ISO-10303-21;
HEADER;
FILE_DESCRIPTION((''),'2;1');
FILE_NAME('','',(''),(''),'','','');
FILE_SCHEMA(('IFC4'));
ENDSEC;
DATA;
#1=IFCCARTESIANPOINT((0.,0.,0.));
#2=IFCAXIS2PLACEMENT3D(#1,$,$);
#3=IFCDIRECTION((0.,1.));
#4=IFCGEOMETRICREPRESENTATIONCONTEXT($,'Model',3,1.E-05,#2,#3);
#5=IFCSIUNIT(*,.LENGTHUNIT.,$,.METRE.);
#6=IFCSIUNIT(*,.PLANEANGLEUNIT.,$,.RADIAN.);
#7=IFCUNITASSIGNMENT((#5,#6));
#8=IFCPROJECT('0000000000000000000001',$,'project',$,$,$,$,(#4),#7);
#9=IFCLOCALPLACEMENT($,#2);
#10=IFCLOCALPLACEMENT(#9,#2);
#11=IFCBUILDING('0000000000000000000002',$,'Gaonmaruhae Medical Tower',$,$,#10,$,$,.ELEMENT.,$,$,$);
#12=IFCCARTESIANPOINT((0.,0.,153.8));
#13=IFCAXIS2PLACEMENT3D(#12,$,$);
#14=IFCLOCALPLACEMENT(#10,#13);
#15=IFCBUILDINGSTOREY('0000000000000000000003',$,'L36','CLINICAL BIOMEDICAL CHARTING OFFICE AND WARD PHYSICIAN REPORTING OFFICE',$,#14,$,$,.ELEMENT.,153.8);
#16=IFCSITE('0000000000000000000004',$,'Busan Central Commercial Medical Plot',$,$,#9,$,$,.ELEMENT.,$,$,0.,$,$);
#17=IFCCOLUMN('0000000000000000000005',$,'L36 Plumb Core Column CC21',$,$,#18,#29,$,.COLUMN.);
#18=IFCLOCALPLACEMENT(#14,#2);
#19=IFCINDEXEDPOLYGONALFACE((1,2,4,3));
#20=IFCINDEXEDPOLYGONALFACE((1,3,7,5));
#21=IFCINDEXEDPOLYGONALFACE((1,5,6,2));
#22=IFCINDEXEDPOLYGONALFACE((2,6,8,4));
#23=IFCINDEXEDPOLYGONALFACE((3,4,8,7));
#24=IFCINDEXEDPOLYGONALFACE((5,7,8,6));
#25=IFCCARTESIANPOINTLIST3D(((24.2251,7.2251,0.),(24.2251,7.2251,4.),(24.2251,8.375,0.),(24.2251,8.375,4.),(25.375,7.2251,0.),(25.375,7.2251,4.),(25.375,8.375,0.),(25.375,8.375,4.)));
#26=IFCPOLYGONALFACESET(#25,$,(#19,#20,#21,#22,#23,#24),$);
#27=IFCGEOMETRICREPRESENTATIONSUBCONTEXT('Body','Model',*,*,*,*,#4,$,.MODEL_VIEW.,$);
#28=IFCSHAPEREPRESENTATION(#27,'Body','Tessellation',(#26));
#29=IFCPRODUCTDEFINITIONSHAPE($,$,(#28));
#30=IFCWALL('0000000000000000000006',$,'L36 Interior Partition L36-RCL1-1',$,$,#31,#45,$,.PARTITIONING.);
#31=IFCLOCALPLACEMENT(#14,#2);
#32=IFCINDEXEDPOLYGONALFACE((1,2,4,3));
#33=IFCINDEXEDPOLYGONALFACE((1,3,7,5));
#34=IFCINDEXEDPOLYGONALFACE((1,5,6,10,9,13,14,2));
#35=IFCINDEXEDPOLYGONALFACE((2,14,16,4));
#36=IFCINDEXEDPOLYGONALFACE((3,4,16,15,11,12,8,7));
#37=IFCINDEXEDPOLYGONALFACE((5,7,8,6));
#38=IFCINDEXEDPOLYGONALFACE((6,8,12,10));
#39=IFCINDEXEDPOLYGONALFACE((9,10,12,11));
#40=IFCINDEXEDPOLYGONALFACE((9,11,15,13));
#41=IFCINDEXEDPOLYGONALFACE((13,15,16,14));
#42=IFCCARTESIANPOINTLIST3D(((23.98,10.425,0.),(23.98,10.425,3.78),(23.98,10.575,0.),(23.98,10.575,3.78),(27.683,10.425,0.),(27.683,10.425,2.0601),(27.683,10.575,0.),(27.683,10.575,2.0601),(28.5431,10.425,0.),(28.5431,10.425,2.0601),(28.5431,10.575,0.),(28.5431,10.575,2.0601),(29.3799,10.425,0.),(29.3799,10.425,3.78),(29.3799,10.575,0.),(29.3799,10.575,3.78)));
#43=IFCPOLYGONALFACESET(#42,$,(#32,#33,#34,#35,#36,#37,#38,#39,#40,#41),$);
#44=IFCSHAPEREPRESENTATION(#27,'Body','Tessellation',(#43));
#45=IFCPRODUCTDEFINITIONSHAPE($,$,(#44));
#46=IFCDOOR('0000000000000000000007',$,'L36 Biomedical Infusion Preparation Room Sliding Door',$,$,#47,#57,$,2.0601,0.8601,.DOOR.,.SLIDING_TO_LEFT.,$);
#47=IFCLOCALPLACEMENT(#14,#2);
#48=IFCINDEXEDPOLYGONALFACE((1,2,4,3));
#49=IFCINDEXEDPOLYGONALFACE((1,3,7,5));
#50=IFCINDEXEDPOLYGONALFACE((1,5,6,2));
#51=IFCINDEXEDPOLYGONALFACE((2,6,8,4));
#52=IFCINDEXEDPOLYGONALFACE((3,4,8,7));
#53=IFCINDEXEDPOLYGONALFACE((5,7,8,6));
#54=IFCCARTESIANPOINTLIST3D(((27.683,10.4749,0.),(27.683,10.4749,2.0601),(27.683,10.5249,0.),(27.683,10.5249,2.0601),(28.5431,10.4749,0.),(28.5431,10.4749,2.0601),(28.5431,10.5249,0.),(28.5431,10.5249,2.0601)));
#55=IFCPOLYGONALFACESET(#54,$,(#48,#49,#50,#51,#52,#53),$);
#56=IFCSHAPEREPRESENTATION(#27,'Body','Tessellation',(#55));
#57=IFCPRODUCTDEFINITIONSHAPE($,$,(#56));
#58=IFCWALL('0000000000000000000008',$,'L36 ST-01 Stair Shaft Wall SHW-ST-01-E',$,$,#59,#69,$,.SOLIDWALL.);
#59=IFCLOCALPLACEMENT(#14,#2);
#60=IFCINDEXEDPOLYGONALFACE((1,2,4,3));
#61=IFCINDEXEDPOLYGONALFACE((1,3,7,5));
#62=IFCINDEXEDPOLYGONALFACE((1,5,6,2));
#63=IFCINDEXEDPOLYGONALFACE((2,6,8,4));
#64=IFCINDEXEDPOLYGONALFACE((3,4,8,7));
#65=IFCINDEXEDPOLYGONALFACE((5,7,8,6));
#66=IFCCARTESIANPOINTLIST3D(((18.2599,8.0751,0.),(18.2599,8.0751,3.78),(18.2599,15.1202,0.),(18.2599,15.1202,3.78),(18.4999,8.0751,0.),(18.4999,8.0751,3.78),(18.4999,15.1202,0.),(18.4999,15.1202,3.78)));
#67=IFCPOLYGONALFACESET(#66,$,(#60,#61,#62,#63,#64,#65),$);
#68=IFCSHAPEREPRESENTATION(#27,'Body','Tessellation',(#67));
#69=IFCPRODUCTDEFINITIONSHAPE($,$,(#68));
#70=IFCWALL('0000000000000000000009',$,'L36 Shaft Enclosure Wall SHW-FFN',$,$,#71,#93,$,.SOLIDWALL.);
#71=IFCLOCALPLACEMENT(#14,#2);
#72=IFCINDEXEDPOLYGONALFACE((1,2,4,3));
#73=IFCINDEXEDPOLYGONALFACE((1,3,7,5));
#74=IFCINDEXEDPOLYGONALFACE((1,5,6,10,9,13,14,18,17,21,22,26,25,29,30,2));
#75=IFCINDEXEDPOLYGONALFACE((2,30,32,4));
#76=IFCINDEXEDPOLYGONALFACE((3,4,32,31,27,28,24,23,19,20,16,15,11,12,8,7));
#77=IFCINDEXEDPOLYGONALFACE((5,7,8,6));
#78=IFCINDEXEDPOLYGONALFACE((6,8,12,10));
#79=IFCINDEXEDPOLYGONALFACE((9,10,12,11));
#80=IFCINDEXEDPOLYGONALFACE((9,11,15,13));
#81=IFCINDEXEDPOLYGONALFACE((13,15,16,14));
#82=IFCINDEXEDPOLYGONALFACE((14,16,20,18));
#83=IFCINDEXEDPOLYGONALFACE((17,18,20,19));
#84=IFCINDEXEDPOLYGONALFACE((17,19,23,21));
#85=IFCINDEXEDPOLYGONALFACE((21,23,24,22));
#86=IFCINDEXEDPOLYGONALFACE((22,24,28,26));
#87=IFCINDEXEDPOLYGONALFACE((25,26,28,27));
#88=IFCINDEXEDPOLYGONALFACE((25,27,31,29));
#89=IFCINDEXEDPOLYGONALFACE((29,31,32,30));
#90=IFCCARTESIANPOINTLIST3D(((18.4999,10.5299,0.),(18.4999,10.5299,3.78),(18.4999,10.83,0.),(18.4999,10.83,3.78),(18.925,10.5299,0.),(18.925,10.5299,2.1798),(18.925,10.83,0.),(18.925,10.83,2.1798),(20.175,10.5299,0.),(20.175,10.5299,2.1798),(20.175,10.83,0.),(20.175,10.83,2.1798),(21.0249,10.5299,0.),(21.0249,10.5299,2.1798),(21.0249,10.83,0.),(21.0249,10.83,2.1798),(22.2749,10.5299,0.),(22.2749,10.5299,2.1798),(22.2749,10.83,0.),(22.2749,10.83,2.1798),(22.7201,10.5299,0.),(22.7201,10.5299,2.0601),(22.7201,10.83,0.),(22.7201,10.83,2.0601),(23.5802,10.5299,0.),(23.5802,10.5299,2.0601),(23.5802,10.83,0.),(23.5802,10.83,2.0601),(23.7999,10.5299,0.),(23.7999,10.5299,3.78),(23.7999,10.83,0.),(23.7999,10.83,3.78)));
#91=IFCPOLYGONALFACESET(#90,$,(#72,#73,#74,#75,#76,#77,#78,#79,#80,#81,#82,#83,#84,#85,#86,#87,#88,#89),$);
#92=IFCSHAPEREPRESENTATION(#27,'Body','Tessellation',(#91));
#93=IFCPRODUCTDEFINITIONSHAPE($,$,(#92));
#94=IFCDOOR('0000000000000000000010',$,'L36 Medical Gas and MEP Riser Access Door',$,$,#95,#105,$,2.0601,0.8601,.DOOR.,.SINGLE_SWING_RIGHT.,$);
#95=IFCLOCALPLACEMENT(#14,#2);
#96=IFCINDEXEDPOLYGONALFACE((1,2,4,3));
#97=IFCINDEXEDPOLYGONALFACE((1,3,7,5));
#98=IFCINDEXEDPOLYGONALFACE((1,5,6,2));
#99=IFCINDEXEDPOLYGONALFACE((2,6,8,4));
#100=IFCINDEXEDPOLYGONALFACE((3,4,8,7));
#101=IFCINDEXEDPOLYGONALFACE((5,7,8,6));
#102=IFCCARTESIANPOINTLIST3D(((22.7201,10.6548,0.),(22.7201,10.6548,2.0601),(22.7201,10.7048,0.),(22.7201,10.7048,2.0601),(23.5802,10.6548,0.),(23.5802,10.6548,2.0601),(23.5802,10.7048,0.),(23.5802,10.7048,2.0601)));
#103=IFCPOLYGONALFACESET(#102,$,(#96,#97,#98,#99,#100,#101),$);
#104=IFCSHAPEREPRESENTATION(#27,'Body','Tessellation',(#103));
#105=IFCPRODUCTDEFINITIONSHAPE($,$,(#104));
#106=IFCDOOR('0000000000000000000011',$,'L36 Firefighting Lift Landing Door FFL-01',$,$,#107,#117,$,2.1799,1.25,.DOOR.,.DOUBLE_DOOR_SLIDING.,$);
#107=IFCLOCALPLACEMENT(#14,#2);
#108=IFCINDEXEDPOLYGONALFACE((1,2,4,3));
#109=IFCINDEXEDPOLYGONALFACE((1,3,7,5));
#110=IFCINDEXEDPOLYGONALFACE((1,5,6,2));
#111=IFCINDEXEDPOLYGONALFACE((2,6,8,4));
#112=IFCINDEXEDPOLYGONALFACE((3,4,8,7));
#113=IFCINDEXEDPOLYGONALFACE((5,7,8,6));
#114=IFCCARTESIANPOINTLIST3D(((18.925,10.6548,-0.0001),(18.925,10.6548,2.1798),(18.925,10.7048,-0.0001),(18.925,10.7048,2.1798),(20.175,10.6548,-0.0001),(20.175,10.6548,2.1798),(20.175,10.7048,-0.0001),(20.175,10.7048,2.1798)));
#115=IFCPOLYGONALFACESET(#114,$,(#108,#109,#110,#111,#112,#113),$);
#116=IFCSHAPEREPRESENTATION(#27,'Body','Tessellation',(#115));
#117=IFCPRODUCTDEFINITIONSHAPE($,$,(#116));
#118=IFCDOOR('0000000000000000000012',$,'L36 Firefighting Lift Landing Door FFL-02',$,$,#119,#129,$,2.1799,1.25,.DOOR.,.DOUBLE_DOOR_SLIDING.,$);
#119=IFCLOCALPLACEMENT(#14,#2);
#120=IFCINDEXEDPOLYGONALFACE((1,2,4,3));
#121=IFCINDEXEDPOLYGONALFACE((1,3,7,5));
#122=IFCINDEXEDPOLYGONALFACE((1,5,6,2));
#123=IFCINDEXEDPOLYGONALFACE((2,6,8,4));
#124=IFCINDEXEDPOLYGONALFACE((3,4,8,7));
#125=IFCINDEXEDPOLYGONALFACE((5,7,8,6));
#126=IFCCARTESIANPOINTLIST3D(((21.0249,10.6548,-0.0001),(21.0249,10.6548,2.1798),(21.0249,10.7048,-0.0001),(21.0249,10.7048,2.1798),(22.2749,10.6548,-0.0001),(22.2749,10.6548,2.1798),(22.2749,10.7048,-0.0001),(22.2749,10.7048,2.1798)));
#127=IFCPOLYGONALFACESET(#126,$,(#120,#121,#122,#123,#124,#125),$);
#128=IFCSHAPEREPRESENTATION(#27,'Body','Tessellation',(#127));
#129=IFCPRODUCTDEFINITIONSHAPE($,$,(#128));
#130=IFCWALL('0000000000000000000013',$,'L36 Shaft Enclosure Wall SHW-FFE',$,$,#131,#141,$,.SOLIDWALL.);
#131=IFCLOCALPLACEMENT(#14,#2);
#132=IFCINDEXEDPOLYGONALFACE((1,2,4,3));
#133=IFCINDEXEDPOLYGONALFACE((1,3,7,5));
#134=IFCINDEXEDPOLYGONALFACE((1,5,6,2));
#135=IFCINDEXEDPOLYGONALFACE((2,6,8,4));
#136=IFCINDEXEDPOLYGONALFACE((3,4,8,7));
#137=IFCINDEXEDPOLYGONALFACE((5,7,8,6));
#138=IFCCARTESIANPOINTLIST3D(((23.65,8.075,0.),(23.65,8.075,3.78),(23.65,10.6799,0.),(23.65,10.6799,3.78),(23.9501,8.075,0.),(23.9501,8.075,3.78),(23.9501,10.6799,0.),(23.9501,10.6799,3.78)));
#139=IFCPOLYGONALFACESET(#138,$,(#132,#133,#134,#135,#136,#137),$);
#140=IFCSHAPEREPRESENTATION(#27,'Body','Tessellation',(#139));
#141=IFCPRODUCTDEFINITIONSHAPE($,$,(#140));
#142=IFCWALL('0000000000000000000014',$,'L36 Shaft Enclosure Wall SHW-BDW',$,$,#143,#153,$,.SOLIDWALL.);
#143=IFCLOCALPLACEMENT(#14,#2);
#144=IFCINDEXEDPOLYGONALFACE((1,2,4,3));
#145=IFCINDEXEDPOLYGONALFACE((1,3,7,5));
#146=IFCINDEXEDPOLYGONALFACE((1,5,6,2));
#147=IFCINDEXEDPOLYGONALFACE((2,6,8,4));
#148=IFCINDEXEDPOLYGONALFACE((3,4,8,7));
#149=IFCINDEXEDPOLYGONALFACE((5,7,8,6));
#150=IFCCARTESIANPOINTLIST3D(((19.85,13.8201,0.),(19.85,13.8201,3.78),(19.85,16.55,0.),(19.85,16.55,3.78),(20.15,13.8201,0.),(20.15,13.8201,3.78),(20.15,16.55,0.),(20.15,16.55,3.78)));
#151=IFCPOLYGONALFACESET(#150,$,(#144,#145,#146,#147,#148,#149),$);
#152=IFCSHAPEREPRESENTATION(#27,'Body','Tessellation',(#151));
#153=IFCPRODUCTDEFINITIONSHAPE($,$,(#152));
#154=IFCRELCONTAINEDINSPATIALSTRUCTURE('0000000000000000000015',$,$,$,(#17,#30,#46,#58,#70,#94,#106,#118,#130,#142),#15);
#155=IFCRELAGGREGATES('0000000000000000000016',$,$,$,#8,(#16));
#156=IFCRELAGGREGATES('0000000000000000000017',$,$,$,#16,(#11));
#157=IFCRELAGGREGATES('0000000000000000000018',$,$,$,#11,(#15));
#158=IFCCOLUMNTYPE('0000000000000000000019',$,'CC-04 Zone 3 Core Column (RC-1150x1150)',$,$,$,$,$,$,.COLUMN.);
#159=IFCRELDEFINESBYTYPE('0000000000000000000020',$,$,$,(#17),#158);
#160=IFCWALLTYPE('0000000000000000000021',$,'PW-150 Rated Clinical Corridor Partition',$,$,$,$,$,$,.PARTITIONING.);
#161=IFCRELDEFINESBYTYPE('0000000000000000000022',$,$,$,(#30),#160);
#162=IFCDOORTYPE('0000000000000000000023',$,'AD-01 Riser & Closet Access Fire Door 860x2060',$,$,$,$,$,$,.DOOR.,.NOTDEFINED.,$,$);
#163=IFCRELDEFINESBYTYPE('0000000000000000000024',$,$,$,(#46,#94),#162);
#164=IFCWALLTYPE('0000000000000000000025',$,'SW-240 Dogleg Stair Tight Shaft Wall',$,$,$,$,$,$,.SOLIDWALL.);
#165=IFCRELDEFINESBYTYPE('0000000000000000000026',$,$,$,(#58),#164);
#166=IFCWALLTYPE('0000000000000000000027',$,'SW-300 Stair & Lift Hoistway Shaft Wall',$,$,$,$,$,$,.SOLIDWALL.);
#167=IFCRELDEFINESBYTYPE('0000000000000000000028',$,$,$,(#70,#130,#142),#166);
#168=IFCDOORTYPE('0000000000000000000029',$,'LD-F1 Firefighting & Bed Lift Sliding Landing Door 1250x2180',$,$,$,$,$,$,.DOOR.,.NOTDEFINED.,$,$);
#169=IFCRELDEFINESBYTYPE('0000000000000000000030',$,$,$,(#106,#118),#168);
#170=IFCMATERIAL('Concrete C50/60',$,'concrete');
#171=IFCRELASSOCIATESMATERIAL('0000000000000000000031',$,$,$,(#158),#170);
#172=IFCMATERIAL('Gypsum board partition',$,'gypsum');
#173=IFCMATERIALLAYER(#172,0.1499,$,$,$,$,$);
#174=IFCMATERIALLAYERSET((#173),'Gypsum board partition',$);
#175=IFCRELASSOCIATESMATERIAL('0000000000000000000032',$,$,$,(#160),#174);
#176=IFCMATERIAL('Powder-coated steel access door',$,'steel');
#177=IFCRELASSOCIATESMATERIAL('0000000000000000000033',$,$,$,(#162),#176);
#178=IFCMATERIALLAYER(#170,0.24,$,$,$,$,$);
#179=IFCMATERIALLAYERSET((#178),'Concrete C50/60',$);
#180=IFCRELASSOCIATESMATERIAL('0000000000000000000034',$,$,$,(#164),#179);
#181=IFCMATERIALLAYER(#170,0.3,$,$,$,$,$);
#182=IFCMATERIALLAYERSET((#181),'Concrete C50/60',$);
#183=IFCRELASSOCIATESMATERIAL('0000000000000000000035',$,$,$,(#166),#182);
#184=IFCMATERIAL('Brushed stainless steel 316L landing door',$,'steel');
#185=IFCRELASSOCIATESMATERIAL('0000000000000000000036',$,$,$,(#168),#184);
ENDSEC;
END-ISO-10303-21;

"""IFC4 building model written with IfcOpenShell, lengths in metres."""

from ifc_helpers import new_model, si_unit, direction, frame, frame_2d, origin, origin_2d, place, context, subcontext, project, spatial, rectangle, extrude, material, layer, layer_set, material_profile, profile_set, type_object, element, fill, save


model = new_model("IFC4")

# Units and contexts
model_context = context("Model", 3, precision=1e-05, world=origin(), true_north=direction((0.0, 1.0)))
body_context = subcontext(model_context, "Body", "Model", "MODEL_VIEW")
ifc_project = project(units=[si_unit("LENGTHUNIT", "METRE"), si_unit("PLANEANGLEUNIT", "RADIAN")], contexts=[model_context])

# Site, building, storey
site_placement = place(None, origin())
site = spatial("IfcSite", under=ifc_project, at=site_placement, Name="Busan Central Commercial Medical Plot", CompositionType="ELEMENT", RefElevation=0.0)
building_placement = place(site_placement, origin())
building = spatial("IfcBuilding", under=site, at=building_placement, Name="Gaonmaruhae Medical Tower", CompositionType="ELEMENT")
storey_placement = place(building_placement, frame((0.0, 0.0, 153.8)))
storey = spatial("IfcBuildingStorey", under=building, at=storey_placement, Name="L36", Description="CLINICAL BIOMEDICAL CHARTING OFFICE AND WARD PHYSICIAN REPORTING OFFICE", CompositionType="ELEMENT", Elevation=153.8)

# Column
ifc_material_1 = material(Name="Concrete C50/60", Category="concrete")
ifc_material_profile = material_profile(ifc_material_1, rectangle(XDim=1.1499, YDim=1.1499, at=origin_2d()), Name="RC-1150x1150")
ifc_profile_set = profile_set([ifc_material_profile], Name="Concrete C50/60")
column_type = type_object("IfcColumnType", Name="CC-04 Zone 3 Core Column (RC-1150x1150)", PredefinedType="COLUMN", material=ifc_profile_set)
column_placement = place(storey_placement, frame((24.8, 7.8, 0.0), z_axis=(0.0, 0.0, 1.0), x_axis=(1.0, 0.0, 0.0)))
element("IfcColumn", 1, at=column_placement, inside=storey, type_object=column_type, Name="L36 Plumb Core Column CC21", PredefinedType="COLUMN", context=body_context, shape_type="SweptSolid", body=[
    extrude(rectangle(XDim=1.1499, YDim=1.1499, at=origin_2d()), origin(), (0.0, 0.0, 1.0), 4.0),
])

# Wall, opening, door
ifc_material_2 = material(Name="Gypsum board partition", Category="gypsum")
ifc_layer_1 = layer(ifc_material_2, 0.1499)
ifc_layer_set_1 = layer_set([ifc_layer_1], Name="Gypsum board partition")
wall_type_1 = type_object("IfcWallType", Name="PW-150 Rated Clinical Corridor Partition", PredefinedType="PARTITIONING", material=ifc_layer_set_1)
wall_1_placement = place(storey_placement, frame((23.98, 10.5, 0.0), z_axis=(0.0, 0.0, 1.0), x_axis=(1.0, 0.0, 0.0)))
wall_1 = element("IfcWall", 2, at=wall_1_placement, inside=storey, type_object=wall_type_1, Name="L36 Interior Partition L36-RCL1-1", PredefinedType="PARTITIONING", context=body_context, shape_type="SweptSolid", body=[
    extrude(rectangle(XDim=5.3999, YDim=0.1499, at=frame_2d((2.7, 0.0))), origin(), (0.0, 0.0, 1.0), 3.78),
])
opening_1_placement = place(wall_1_placement, frame((3.7029, 0.0, 0.0)))
opening_1 = element("IfcOpeningElement", 3, at=opening_1_placement, cuts=wall_1, PredefinedType="OPENING", context=body_context, shape_type="SweptSolid", body=[
    extrude(rectangle(XDim=0.8601, YDim=2.0601, at=frame_2d((0.4302, 1.03))), frame((0.0, 0.085, 0.0), z_axis=(0.0, -1.0, 0.0), x_axis=(1.0, 0.0, 0.0)), (0.0, 0.0, 1.0), 0.1699),
])
ifc_material_3 = material(Name="Powder-coated steel access door", Category="steel")
door_type_1 = type_object("IfcDoorType", Name="AD-01 Riser & Closet Access Fire Door 860x2060", OperationType="NOTDEFINED", PredefinedType="DOOR", material=ifc_material_3)
door_1_placement = place(opening_1_placement, origin())
door_1 = element("IfcDoor", 4, at=door_1_placement, inside=storey, type_object=door_type_1, Name="L36 Biomedical Infusion Preparation Room Sliding Door", OperationType="SLIDING_TO_LEFT", OverallHeight=2.0601, OverallWidth=0.8601, PredefinedType="DOOR", context=body_context, shape_type="SweptSolid", body=[
    extrude(rectangle(XDim=0.8601, YDim=2.0601, at=frame_2d((0.4302, 1.03))), frame((0.0, 0.0249, 0.0), z_axis=(0.0, -1.0, 0.0), x_axis=(1.0, 0.0, 0.0)), (0.0, 0.0, 1.0), 0.05),
])
fill(opening_1, door_1)

# Wall
ifc_layer_2 = layer(ifc_material_1, 0.24)
ifc_layer_set_2 = layer_set([ifc_layer_2], Name="Concrete C50/60")
wall_type_2 = type_object("IfcWallType", Name="SW-240 Dogleg Stair Tight Shaft Wall", PredefinedType="SOLIDWALL", material=ifc_layer_set_2)
wall_2_placement = place(storey_placement, frame((18.3799, 15.1201, 0.0), z_axis=(0.0, 0.0, 1.0), x_axis=(0.0, -1.0, 0.0)))
element("IfcWall", 5, at=wall_2_placement, inside=storey, type_object=wall_type_2, Name="L36 ST-01 Stair Shaft Wall SHW-ST-01-E", PredefinedType="SOLIDWALL", context=body_context, shape_type="SweptSolid", body=[
    extrude(rectangle(XDim=7.0452, YDim=0.24, at=frame_2d((3.5225, 0.0))), origin(), (0.0, 0.0, 1.0), 3.78),
])

# Wall, openings, doors
ifc_layer_3 = layer(ifc_material_1, 0.3)
ifc_layer_set_3 = layer_set([ifc_layer_3], Name="Concrete C50/60")
wall_type_3 = type_object("IfcWallType", Name="SW-300 Stair & Lift Hoistway Shaft Wall", PredefinedType="SOLIDWALL", material=ifc_layer_set_3)
ifc_material_4 = material(Name="Brushed stainless steel 316L landing door", Category="steel")
door_type_2 = type_object("IfcDoorType", Name="LD-F1 Firefighting & Bed Lift Sliding Landing Door 1250x2180", OperationType="NOTDEFINED", PredefinedType="DOOR", material=ifc_material_4)
wall_3_placement = place(storey_placement, frame((18.5, 10.6799, 0.0), z_axis=(0.0, 0.0, 1.0), x_axis=(1.0, 0.0, 0.0)))
wall_3 = element("IfcWall", 6, at=wall_3_placement, inside=storey, type_object=wall_type_3, Name="L36 Shaft Enclosure Wall SHW-FFN", PredefinedType="SOLIDWALL", context=body_context, shape_type="SweptSolid", body=[
    extrude(rectangle(XDim=5.3, YDim=0.3, at=frame_2d((2.6499, 0.0))), origin(), (0.0, 0.0, 1.0), 3.78),
])
opening_2_placement = place(wall_3_placement, frame((4.22, 0.0, 0.0)))
opening_2 = element("IfcOpeningElement", 7, at=opening_2_placement, cuts=wall_3, PredefinedType="OPENING", context=body_context, shape_type="SweptSolid", body=[
    extrude(rectangle(XDim=0.8601, YDim=2.0601, at=frame_2d((0.4302, 1.03))), frame((0.0, 0.1602, 0.0), z_axis=(0.0, -1.0, 0.0), x_axis=(1.0, 0.0, 0.0)), (0.0, 0.0, 1.0), 0.3201),
])
opening_3_placement = place(wall_3_placement, frame((0.425, 0.0, 0.0)))
opening_3 = element("IfcOpeningElement", 8, at=opening_3_placement, cuts=wall_3, PredefinedType="OPENING", context=body_context, shape_type="SweptSolid", body=[
    extrude(rectangle(XDim=1.25, YDim=2.1799, at=frame_2d((0.625, 1.0898))), frame((0.0, 0.1602, 0.0), z_axis=(0.0, -1.0, 0.0), x_axis=(1.0, 0.0, 0.0)), (0.0, 0.0, 1.0), 0.3201),
])
opening_4_placement = place(wall_3_placement, frame((2.5249, 0.0, 0.0)))
opening_4 = element("IfcOpeningElement", 9, at=opening_4_placement, cuts=wall_3, PredefinedType="OPENING", context=body_context, shape_type="SweptSolid", body=[
    extrude(rectangle(XDim=1.25, YDim=2.1799, at=frame_2d((0.625, 1.0898))), frame((0.0, 0.1602, 0.0), z_axis=(0.0, -1.0, 0.0), x_axis=(1.0, 0.0, 0.0)), (0.0, 0.0, 1.0), 0.3201),
])
door_2_placement = place(opening_2_placement, origin())
door_2 = element("IfcDoor", 10, at=door_2_placement, inside=storey, type_object=door_type_1, Name="L36 Medical Gas and MEP Riser Access Door", OperationType="SINGLE_SWING_RIGHT", OverallHeight=2.0601, OverallWidth=0.8601, PredefinedType="DOOR", context=body_context, shape_type="SweptSolid", body=[
    extrude(rectangle(XDim=0.8601, YDim=2.0601, at=frame_2d((0.4302, 1.03))), frame((0.0, 0.0249, 0.0), z_axis=(0.0, -1.0, 0.0), x_axis=(1.0, 0.0, 0.0)), (0.0, 0.0, 1.0), 0.05),
])
fill(opening_2, door_2)
door_3_placement = place(opening_3_placement, origin())
door_3 = element("IfcDoor", 11, at=door_3_placement, inside=storey, type_object=door_type_2, Name="L36 Firefighting Lift Landing Door FFL-01", OperationType="DOUBLE_DOOR_SLIDING", OverallHeight=2.1799, OverallWidth=1.25, PredefinedType="DOOR", context=body_context, shape_type="SweptSolid", body=[
    extrude(rectangle(XDim=1.25, YDim=2.1799, at=frame_2d((0.625, 1.0898))), frame((0.0, 0.0249, 0.0), z_axis=(0.0, -1.0, 0.0), x_axis=(1.0, 0.0, 0.0)), (0.0, 0.0, 1.0), 0.05),
])
fill(opening_3, door_3)
door_4_placement = place(opening_4_placement, origin())
door_4 = element("IfcDoor", 12, at=door_4_placement, inside=storey, type_object=door_type_2, Name="L36 Firefighting Lift Landing Door FFL-02", OperationType="DOUBLE_DOOR_SLIDING", OverallHeight=2.1799, OverallWidth=1.25, PredefinedType="DOOR", context=body_context, shape_type="SweptSolid", body=[
    extrude(rectangle(XDim=1.25, YDim=2.1799, at=frame_2d((0.625, 1.0898))), frame((0.0, 0.0249, 0.0), z_axis=(0.0, -1.0, 0.0), x_axis=(1.0, 0.0, 0.0)), (0.0, 0.0, 1.0), 0.05),
])
fill(opening_4, door_4)

# Walls
wall_4_placement = place(storey_placement, frame((23.8, 8.075, 0.0), z_axis=(0.0, 0.0, 1.0), x_axis=(0.0, 1.0, 0.0)))
element("IfcWall", 13, at=wall_4_placement, inside=storey, type_object=wall_type_3, Name="L36 Shaft Enclosure Wall SHW-FFE", PredefinedType="SOLIDWALL", context=body_context, shape_type="SweptSolid", body=[
    extrude(rectangle(XDim=2.605, YDim=0.3, at=frame_2d((1.3025, 0.0))), origin(), (0.0, 0.0, 1.0), 3.78),
])
wall_5_placement = place(storey_placement, frame((20.0, 13.8201, 0.0), z_axis=(0.0, 0.0, 1.0), x_axis=(0.0, 1.0, 0.0)))
element("IfcWall", 14, at=wall_5_placement, inside=storey, type_object=wall_type_3, Name="L36 Shaft Enclosure Wall SHW-BDW", PredefinedType="SOLIDWALL", context=body_context, shape_type="SweptSolid", body=[
    extrude(rectangle(XDim=2.73, YDim=0.3, at=frame_2d((1.365, 0.0))), origin(), (0.0, 0.0, 1.0), 3.78),
])

save(model, "model.ifc")
